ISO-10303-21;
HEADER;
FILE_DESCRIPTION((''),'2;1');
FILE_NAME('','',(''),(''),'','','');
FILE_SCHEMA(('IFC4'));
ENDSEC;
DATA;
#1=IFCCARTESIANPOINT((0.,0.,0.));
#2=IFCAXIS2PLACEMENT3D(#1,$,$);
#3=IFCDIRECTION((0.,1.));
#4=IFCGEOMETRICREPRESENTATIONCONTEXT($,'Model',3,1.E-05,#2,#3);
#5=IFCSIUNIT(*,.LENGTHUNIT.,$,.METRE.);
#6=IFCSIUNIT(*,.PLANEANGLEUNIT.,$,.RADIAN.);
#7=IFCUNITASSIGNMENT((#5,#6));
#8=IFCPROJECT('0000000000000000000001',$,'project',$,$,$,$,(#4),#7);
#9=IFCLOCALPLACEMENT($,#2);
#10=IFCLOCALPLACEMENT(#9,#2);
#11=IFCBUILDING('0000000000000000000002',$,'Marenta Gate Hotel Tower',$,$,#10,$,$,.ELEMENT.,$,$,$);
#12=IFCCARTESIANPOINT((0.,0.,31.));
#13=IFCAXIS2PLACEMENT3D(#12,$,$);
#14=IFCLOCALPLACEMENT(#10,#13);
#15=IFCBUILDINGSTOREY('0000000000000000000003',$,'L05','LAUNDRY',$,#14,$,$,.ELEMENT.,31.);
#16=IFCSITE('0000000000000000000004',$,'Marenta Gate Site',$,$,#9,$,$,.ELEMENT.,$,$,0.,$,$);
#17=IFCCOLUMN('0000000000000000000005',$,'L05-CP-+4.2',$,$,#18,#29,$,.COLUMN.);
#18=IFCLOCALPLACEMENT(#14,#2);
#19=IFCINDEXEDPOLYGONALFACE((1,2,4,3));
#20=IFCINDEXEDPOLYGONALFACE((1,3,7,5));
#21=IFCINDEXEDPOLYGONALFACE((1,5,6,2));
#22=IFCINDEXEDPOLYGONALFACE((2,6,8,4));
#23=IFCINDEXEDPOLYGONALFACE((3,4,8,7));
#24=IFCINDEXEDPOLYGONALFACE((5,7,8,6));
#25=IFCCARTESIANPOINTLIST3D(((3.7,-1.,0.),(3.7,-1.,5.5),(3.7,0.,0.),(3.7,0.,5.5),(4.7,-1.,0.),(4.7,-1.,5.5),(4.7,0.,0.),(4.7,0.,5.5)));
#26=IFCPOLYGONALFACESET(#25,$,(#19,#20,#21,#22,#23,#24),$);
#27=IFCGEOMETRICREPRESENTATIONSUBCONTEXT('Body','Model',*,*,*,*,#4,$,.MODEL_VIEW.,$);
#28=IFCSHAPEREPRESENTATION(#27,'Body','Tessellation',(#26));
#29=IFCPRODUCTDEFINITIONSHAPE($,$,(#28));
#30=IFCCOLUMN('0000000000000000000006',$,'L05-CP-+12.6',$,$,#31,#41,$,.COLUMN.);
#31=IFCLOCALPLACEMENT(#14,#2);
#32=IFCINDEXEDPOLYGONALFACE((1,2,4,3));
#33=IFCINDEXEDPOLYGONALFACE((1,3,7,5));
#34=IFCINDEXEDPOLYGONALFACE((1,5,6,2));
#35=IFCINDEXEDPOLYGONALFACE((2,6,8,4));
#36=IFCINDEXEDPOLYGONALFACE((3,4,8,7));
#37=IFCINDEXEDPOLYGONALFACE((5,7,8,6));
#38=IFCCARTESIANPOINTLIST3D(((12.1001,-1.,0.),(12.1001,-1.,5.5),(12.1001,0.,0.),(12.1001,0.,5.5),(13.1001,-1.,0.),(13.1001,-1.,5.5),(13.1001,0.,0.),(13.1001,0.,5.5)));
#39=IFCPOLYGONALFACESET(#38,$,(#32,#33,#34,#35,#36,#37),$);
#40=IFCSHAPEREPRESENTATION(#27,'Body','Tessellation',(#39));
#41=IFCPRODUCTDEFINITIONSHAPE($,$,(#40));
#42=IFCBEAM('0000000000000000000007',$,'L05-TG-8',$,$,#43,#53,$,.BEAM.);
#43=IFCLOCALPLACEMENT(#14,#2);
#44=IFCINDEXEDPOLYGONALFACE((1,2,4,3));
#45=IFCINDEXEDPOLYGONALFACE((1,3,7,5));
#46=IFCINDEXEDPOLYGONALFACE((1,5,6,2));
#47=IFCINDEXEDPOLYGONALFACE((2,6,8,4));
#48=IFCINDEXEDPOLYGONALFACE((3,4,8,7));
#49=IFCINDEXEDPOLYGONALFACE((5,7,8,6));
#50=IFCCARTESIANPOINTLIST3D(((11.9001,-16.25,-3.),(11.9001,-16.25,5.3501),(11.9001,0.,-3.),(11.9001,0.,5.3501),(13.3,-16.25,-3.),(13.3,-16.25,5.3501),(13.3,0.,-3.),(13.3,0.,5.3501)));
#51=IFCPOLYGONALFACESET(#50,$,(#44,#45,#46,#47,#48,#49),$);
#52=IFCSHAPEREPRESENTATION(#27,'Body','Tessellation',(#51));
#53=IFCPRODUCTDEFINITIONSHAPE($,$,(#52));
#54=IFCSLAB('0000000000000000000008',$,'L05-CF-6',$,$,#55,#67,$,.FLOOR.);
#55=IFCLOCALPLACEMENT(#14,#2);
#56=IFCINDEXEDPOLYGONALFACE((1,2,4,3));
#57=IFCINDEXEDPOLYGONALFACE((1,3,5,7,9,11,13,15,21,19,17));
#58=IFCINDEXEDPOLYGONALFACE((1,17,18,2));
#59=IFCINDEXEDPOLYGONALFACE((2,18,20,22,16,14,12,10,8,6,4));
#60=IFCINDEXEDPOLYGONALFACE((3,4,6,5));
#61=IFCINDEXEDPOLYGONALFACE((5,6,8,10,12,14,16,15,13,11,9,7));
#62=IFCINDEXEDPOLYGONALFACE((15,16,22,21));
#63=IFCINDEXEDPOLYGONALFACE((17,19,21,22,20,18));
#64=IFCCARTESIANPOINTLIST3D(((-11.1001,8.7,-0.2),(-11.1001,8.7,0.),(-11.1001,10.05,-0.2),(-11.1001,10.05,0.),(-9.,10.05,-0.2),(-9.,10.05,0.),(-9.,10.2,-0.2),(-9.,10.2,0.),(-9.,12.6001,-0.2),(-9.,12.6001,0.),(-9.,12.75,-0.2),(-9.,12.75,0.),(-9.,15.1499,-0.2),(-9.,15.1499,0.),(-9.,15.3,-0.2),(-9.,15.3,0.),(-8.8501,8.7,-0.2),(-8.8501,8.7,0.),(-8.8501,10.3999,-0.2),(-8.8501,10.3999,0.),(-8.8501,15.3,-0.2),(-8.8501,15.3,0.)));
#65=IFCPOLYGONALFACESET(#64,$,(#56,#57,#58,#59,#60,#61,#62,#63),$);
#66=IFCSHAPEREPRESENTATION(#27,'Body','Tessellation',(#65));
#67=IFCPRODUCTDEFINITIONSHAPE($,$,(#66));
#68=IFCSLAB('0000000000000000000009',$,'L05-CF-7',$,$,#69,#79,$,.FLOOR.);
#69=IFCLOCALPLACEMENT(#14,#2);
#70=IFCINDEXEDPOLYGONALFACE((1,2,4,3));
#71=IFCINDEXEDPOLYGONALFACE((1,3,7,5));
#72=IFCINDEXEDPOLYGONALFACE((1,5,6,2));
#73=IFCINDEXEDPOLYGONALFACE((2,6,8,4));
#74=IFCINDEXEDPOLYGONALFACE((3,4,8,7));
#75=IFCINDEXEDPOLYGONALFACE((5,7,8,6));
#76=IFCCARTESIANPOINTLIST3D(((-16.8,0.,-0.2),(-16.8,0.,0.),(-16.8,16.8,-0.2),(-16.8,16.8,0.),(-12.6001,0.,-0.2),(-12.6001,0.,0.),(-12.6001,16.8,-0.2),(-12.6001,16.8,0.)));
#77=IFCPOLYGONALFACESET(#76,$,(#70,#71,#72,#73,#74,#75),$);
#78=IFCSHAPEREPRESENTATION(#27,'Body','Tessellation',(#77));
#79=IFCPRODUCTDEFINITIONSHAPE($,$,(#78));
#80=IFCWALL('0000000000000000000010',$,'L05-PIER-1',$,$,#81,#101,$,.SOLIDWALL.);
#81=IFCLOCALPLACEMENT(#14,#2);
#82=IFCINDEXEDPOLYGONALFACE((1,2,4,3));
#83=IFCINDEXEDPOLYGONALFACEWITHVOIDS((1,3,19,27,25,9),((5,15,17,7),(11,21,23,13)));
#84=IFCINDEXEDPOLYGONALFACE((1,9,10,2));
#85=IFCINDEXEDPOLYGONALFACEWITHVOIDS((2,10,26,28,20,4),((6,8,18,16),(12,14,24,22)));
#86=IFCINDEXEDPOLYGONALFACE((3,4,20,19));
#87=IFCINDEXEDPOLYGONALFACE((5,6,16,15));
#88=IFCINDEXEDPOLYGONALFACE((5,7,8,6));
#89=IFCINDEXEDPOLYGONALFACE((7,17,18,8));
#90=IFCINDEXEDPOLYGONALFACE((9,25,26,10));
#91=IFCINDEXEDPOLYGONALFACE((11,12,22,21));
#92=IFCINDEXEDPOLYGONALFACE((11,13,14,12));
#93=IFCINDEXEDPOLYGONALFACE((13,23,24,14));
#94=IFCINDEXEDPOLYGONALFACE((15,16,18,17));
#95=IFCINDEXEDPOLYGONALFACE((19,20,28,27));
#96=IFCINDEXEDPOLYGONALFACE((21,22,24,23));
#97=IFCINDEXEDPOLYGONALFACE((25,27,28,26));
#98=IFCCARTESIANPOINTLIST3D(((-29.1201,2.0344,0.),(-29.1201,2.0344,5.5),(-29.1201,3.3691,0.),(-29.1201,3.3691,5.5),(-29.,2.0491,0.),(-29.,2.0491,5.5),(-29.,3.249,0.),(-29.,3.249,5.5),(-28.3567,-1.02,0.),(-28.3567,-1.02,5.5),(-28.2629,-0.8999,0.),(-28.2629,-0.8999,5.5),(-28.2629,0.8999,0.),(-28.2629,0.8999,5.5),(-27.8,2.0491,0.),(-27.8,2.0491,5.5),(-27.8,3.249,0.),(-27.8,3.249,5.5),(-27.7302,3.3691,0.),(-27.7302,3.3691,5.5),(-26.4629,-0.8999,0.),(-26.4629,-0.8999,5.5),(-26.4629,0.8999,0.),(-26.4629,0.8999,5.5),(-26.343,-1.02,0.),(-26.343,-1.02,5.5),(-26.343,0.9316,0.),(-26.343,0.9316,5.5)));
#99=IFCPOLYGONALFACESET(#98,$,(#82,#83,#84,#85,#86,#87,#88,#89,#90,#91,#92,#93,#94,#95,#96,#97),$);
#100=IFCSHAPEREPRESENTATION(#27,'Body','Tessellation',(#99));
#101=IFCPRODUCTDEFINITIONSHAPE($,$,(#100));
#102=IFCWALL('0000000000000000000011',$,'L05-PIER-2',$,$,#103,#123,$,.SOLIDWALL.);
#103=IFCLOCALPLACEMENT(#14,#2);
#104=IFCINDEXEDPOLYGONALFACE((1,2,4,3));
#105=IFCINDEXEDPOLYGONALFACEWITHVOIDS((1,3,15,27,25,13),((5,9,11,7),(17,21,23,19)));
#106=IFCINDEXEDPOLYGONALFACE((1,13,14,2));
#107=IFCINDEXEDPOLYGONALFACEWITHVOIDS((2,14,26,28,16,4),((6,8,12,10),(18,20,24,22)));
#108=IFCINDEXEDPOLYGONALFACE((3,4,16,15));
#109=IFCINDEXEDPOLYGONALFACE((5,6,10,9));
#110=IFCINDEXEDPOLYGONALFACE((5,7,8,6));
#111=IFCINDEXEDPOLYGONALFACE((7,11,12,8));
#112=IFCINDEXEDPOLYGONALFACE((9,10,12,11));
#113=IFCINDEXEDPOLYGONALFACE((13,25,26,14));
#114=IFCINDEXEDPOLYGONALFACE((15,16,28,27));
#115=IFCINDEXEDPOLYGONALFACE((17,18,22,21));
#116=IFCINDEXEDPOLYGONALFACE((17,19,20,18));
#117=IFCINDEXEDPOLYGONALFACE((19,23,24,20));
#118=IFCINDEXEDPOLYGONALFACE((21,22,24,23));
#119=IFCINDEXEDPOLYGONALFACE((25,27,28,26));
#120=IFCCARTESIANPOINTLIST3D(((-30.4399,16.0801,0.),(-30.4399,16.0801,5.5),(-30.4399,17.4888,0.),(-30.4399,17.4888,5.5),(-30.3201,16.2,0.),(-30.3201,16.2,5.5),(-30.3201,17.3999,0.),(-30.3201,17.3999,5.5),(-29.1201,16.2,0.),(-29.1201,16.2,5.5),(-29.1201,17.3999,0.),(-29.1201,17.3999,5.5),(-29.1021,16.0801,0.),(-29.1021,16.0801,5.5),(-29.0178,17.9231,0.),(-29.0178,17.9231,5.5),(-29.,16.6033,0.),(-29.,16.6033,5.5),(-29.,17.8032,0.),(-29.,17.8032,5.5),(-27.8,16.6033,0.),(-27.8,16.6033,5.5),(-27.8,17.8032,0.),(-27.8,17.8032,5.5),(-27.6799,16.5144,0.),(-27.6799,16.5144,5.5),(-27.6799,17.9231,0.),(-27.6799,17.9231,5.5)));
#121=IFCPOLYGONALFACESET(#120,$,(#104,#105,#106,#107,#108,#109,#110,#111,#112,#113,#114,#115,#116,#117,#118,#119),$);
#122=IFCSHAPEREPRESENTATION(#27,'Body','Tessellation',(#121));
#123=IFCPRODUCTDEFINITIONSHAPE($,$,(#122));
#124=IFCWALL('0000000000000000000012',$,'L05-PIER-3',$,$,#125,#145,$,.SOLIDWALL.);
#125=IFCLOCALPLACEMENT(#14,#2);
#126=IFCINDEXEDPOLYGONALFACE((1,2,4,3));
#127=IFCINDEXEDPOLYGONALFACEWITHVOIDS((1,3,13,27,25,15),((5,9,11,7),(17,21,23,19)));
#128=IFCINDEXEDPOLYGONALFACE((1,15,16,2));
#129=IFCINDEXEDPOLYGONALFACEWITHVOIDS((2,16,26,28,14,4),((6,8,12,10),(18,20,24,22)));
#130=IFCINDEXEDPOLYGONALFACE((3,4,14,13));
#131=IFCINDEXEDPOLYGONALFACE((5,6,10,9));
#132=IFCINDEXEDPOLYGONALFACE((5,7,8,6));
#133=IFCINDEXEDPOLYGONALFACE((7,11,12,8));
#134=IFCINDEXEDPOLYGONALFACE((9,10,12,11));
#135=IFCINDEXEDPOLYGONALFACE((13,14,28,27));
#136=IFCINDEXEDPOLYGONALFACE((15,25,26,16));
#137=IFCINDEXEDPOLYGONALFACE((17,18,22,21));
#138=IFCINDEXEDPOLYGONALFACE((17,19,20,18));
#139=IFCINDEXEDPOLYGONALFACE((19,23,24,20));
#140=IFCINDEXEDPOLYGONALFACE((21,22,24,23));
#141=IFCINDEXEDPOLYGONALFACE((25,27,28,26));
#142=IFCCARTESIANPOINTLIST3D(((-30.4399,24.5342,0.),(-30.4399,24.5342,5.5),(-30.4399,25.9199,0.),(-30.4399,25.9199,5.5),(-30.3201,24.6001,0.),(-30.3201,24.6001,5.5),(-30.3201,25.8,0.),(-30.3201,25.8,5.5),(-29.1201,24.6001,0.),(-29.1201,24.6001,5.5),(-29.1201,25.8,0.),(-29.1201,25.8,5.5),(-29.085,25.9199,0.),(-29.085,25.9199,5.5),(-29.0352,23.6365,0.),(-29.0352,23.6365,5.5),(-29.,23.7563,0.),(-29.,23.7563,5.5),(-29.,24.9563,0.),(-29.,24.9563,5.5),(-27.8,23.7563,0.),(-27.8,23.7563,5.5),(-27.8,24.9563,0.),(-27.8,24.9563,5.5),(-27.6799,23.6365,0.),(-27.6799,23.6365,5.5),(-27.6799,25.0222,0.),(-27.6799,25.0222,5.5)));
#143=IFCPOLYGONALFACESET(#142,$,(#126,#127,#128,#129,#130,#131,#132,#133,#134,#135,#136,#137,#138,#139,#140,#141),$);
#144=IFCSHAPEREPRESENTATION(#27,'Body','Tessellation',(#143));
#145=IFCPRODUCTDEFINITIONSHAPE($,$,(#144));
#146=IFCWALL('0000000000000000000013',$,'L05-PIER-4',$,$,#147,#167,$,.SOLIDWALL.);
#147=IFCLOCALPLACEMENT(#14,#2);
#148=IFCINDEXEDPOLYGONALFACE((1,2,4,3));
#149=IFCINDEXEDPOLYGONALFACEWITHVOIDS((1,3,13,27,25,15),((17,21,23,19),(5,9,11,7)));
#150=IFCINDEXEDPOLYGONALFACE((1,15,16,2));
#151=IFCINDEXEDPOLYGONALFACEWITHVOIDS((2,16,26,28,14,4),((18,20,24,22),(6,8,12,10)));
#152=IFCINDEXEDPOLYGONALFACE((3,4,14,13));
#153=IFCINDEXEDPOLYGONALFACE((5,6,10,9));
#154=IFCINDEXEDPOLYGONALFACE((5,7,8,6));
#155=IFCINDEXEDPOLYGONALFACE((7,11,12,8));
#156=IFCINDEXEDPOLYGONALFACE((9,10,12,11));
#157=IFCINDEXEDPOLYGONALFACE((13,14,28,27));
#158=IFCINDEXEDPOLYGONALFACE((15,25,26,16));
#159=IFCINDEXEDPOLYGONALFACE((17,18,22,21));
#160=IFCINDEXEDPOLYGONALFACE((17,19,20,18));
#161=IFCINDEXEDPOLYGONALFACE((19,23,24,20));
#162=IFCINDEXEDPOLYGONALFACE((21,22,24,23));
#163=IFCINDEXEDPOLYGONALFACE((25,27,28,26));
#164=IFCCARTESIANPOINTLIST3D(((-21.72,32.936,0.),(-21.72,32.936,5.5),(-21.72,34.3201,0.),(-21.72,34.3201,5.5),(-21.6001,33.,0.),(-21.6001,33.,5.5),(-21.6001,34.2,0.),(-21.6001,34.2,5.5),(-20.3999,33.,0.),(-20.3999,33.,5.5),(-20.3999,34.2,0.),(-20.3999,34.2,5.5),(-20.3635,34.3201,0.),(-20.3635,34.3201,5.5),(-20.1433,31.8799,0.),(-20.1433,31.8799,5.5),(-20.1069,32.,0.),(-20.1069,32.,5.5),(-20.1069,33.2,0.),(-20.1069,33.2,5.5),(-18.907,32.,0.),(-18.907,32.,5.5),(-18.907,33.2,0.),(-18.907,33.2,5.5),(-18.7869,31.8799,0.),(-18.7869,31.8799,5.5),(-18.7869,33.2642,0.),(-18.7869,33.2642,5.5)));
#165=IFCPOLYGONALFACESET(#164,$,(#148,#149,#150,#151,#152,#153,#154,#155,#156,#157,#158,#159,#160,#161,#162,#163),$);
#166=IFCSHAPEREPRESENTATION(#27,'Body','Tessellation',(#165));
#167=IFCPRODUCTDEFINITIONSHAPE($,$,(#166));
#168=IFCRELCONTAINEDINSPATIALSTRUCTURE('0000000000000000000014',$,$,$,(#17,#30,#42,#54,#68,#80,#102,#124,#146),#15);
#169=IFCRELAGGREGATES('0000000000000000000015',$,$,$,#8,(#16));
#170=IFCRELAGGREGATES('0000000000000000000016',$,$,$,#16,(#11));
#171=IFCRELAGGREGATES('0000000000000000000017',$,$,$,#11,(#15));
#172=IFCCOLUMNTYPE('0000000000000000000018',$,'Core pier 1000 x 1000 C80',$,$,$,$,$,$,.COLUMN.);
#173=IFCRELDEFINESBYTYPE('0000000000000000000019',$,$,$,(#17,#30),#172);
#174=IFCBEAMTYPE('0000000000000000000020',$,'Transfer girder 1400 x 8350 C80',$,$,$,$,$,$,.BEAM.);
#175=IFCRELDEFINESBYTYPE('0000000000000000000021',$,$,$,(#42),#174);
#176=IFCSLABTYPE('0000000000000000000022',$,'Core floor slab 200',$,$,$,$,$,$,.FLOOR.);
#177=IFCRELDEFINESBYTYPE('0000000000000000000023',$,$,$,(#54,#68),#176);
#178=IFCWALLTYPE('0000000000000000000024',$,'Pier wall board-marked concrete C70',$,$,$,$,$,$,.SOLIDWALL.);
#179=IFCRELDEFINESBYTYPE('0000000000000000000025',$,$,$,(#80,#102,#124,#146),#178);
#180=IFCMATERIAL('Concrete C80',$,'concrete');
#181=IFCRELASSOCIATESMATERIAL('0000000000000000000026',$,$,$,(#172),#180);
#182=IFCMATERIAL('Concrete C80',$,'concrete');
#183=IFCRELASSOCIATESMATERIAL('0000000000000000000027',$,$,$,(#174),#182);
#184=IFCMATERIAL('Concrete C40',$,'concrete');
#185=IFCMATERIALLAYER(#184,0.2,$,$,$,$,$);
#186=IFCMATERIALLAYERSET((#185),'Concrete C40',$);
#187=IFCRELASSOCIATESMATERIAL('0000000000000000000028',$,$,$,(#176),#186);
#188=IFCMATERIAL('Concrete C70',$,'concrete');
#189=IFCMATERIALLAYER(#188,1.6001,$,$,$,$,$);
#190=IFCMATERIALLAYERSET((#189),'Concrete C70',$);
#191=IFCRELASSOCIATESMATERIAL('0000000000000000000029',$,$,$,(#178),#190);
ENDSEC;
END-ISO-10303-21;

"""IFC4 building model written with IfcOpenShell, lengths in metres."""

from ifc_helpers import new_model, si_unit, direction, frame, frame_2d, origin, origin_2d, place, context, subcontext, project, spatial, polyline, rectangle, outline, extrude, material, layer, layer_set, material_profile, profile_set, type_object, element, save


model = new_model("IFC4")

# Units and contexts
model_context = context("Model", 3, precision=1e-05, world=origin(), true_north=direction((0.0, 1.0)))
body_context = subcontext(model_context, "Body", "Model", "MODEL_VIEW")
ifc_project = project(units=[si_unit("LENGTHUNIT", "METRE"), si_unit("PLANEANGLEUNIT", "RADIAN")], contexts=[model_context])

# Site, building, storey
site_placement = place(None, origin())
site = spatial("IfcSite", under=ifc_project, at=site_placement, Name="Marenta Gate Site", CompositionType="ELEMENT", RefElevation=0.0)
building_placement = place(site_placement, origin())
building = spatial("IfcBuilding", under=site, at=building_placement, Name="Marenta Gate Hotel Tower", CompositionType="ELEMENT")
storey_placement = place(building_placement, frame((0.0, 0.0, 31.0)))
storey = spatial("IfcBuildingStorey", under=building, at=storey_placement, Name="L05", Description="LAUNDRY", CompositionType="ELEMENT", Elevation=31.0)

# Columns
ifc_material_1 = material(Name="Concrete C80", Category="concrete")
ifc_material_profile_1 = material_profile(ifc_material_1, rectangle(XDim=1.0, YDim=1.0, at=origin_2d()), Name="1000 x 1000")
ifc_profile_set_1 = profile_set([ifc_material_profile_1], Name="Concrete C80")
column_type = type_object("IfcColumnType", Name="Core pier 1000 x 1000 C80", PredefinedType="COLUMN", material=ifc_profile_set_1)
for number, where, z_axis, x_axis, name in (
    (1, (4.2, -0.5, 0.0), (0.0, 0.0, 1.0), (1.0, 0.0, 0.0), "L05-CP-+4.2"),
    (2, (12.6001, -0.5, 0.0), (0.0, 0.0, 1.0), (1.0, 0.0, 0.0), "L05-CP-+12.6"),
):
    element("IfcColumn", number, at=place(storey_placement, frame(where, z_axis=z_axis, x_axis=x_axis)), inside=storey, type_object=column_type, Name=name, PredefinedType="COLUMN", context=body_context, shape_type="SweptSolid", body=[
        extrude(rectangle(XDim=1.0, YDim=1.0, at=origin_2d()), origin(), (0.0, 0.0, 1.0), 5.5),
    ])

# Beam
ifc_material_2 = material(Name="Concrete C80", Category="concrete")
ifc_material_profile_2 = material_profile(ifc_material_2, rectangle(XDim=1.3999, YDim=8.3501, at=origin_2d()), Name="1400 x 8350")
ifc_profile_set_2 = profile_set([ifc_material_profile_2], Name="Concrete C80")
beam_type = type_object("IfcBeamType", Name="Transfer girder 1400 x 8350 C80", PredefinedType="BEAM", material=ifc_profile_set_2)
beam_placement = place(storey_placement, frame((12.6001, -16.25, 5.3501), z_axis=(0.0, 1.0, 0.0), x_axis=(-1.0, 0.0, 0.0)))
element("IfcBeam", 3, at=beam_placement, inside=storey, type_object=beam_type, Name="L05-TG-8", PredefinedType="BEAM", context=body_context, shape_type="SweptSolid", body=[
    extrude(rectangle(XDim=1.3999, YDim=8.3501, at=frame_2d((0.0, -4.175))), origin(), (0.0, 0.0, 1.0), 16.25),
])

# Slabs
ifc_material_3 = material(Name="Concrete C40", Category="concrete")
ifc_layer_1 = layer(ifc_material_3, 0.2)
ifc_layer_set_1 = layer_set([ifc_layer_1], Name="Concrete C40")
slab_type = type_object("IfcSlabType", Name="Core floor slab 200", PredefinedType="FLOOR", material=ifc_layer_set_1)
slab_1_placement = place(storey_placement, frame((0.0, 0.0, -0.2)))
element("IfcSlab", 4, at=slab_1_placement, inside=storey, type_object=slab_type, Name="L05-CF-6", PredefinedType="FLOOR", context=body_context, shape_type="SweptSolid", body=[
    extrude(outline(polyline([(-8.8501, 10.3999), (-8.8501, 8.7), (-11.1001, 8.7), (-11.1001, 10.05), (-9.0, 10.05), (-9.0, 10.2), (-9.0, 12.6001), (-9.0, 12.75), (-9.0, 15.1499), (-9.0, 15.3), (-8.8501, 15.3), (-8.8501, 10.3999)])), origin(), (0.0, 0.0, 1.0), 0.2),
])
slab_2_placement = place(storey_placement, frame((0.0, 0.0, -0.2)))
element("IfcSlab", 5, at=slab_2_placement, inside=storey, type_object=slab_type, Name="L05-CF-7", PredefinedType="FLOOR", context=body_context, shape_type="SweptSolid", body=[
    extrude(outline(polyline([(-12.6001, 16.8), (-12.6001, 0.0), (-16.8, 0.0), (-16.8, 16.8), (-12.6001, 16.8)])), origin(), (0.0, 0.0, 1.0), 0.2),
])

# Walls
ifc_material_4 = material(Name="Concrete C70", Category="concrete")
ifc_layer_2 = layer(ifc_material_4, 1.6001)
ifc_layer_set_2 = layer_set([ifc_layer_2], Name="Concrete C70")
wall_type_1 = type_object("IfcWallType", Name="Pier wall board-marked concrete C70", PredefinedType="SOLIDWALL", material=ifc_layer_set_2)
wall_1_placement = place(storey_placement, origin())
element("IfcWall", 6, at=wall_1_placement, inside=storey, type_object=wall_type_1, Name="L05-PIER-1", PredefinedType="SOLIDWALL", context=body_context, shape_type="SweptSolid", body=[
    extrude(outline(polyline([(-29.1201, 2.0344), (-29.1201, 3.3691), (-27.7302, 3.3691), (-26.343, 0.9316), (-26.343, -1.02), (-28.3567, -1.02), (-29.1201, 2.0344)]), holes=[polyline([(-28.2629, -0.8999), (-26.4629, -0.8999), (-26.4629, 0.8999), (-28.2629, 0.8999), (-28.2629, -0.8999)]), polyline([(-29.0, 2.0491), (-27.8, 2.0491), (-27.8, 3.249), (-29.0, 3.249), (-29.0, 2.0491)])]), origin(), (0.0, 0.0, 1.0), 5.5),
])
wall_2_placement = place(storey_placement, origin())
element("IfcWall", 7, at=wall_2_placement, inside=storey, type_object=wall_type_1, Name="L05-PIER-2", PredefinedType="SOLIDWALL", context=body_context, shape_type="SweptSolid", body=[
    extrude(outline(polyline([(-30.4399, 17.4888), (-29.0178, 17.9231), (-27.6799, 17.9231), (-27.6799, 16.5144), (-29.1021, 16.0801), (-30.4399, 16.0801), (-30.4399, 17.4888)]), holes=[polyline([(-29.0, 16.6033), (-27.8, 16.6033), (-27.8, 17.8032), (-29.0, 17.8032), (-29.0, 16.6033)]), polyline([(-30.3201, 16.2), (-29.1201, 16.2), (-29.1201, 17.3999), (-30.3201, 17.3999), (-30.3201, 16.2)])]), origin(), (0.0, 0.0, 1.0), 5.5),
])
wall_3_placement = place(storey_placement, origin())
element("IfcWall", 8, at=wall_3_placement, inside=storey, type_object=wall_type_1, Name="L05-PIER-3", PredefinedType="SOLIDWALL", context=body_context, shape_type="SweptSolid", body=[
    extrude(outline(polyline([(-30.4399, 24.5342), (-30.4399, 25.9199), (-29.085, 25.9199), (-27.6799, 25.0222), (-27.6799, 23.6365), (-29.0352, 23.6365), (-30.4399, 24.5342)]), holes=[polyline([(-29.0, 23.7563), (-27.8, 23.7563), (-27.8, 24.9563), (-29.0, 24.9563), (-29.0, 23.7563)]), polyline([(-30.3201, 24.6001), (-29.1201, 24.6001), (-29.1201, 25.8), (-30.3201, 25.8), (-30.3201, 24.6001)])]), origin(), (0.0, 0.0, 1.0), 5.5),
])
wall_4_placement = place(storey_placement, origin())
element("IfcWall", 9, at=wall_4_placement, inside=storey, type_object=wall_type_1, Name="L05-PIER-4", PredefinedType="SOLIDWALL", context=body_context, shape_type="SweptSolid", body=[
    extrude(outline(polyline([(-21.72, 34.3201), (-20.3635, 34.3201), (-18.7869, 33.2642), (-18.7869, 31.8799), (-20.1433, 31.8799), (-21.72, 32.936), (-21.72, 34.3201)]), holes=[polyline([(-18.907, 32.0), (-18.907, 33.2), (-20.1069, 33.2), (-20.1069, 32.0), (-18.907, 32.0)]), polyline([(-20.3999, 33.0), (-20.3999, 34.2), (-21.6001, 34.2), (-21.6001, 33.0), (-20.3999, 33.0)])]), origin(), (0.0, 0.0, 1.0), 5.5),
])

save(model, "model.ifc")
